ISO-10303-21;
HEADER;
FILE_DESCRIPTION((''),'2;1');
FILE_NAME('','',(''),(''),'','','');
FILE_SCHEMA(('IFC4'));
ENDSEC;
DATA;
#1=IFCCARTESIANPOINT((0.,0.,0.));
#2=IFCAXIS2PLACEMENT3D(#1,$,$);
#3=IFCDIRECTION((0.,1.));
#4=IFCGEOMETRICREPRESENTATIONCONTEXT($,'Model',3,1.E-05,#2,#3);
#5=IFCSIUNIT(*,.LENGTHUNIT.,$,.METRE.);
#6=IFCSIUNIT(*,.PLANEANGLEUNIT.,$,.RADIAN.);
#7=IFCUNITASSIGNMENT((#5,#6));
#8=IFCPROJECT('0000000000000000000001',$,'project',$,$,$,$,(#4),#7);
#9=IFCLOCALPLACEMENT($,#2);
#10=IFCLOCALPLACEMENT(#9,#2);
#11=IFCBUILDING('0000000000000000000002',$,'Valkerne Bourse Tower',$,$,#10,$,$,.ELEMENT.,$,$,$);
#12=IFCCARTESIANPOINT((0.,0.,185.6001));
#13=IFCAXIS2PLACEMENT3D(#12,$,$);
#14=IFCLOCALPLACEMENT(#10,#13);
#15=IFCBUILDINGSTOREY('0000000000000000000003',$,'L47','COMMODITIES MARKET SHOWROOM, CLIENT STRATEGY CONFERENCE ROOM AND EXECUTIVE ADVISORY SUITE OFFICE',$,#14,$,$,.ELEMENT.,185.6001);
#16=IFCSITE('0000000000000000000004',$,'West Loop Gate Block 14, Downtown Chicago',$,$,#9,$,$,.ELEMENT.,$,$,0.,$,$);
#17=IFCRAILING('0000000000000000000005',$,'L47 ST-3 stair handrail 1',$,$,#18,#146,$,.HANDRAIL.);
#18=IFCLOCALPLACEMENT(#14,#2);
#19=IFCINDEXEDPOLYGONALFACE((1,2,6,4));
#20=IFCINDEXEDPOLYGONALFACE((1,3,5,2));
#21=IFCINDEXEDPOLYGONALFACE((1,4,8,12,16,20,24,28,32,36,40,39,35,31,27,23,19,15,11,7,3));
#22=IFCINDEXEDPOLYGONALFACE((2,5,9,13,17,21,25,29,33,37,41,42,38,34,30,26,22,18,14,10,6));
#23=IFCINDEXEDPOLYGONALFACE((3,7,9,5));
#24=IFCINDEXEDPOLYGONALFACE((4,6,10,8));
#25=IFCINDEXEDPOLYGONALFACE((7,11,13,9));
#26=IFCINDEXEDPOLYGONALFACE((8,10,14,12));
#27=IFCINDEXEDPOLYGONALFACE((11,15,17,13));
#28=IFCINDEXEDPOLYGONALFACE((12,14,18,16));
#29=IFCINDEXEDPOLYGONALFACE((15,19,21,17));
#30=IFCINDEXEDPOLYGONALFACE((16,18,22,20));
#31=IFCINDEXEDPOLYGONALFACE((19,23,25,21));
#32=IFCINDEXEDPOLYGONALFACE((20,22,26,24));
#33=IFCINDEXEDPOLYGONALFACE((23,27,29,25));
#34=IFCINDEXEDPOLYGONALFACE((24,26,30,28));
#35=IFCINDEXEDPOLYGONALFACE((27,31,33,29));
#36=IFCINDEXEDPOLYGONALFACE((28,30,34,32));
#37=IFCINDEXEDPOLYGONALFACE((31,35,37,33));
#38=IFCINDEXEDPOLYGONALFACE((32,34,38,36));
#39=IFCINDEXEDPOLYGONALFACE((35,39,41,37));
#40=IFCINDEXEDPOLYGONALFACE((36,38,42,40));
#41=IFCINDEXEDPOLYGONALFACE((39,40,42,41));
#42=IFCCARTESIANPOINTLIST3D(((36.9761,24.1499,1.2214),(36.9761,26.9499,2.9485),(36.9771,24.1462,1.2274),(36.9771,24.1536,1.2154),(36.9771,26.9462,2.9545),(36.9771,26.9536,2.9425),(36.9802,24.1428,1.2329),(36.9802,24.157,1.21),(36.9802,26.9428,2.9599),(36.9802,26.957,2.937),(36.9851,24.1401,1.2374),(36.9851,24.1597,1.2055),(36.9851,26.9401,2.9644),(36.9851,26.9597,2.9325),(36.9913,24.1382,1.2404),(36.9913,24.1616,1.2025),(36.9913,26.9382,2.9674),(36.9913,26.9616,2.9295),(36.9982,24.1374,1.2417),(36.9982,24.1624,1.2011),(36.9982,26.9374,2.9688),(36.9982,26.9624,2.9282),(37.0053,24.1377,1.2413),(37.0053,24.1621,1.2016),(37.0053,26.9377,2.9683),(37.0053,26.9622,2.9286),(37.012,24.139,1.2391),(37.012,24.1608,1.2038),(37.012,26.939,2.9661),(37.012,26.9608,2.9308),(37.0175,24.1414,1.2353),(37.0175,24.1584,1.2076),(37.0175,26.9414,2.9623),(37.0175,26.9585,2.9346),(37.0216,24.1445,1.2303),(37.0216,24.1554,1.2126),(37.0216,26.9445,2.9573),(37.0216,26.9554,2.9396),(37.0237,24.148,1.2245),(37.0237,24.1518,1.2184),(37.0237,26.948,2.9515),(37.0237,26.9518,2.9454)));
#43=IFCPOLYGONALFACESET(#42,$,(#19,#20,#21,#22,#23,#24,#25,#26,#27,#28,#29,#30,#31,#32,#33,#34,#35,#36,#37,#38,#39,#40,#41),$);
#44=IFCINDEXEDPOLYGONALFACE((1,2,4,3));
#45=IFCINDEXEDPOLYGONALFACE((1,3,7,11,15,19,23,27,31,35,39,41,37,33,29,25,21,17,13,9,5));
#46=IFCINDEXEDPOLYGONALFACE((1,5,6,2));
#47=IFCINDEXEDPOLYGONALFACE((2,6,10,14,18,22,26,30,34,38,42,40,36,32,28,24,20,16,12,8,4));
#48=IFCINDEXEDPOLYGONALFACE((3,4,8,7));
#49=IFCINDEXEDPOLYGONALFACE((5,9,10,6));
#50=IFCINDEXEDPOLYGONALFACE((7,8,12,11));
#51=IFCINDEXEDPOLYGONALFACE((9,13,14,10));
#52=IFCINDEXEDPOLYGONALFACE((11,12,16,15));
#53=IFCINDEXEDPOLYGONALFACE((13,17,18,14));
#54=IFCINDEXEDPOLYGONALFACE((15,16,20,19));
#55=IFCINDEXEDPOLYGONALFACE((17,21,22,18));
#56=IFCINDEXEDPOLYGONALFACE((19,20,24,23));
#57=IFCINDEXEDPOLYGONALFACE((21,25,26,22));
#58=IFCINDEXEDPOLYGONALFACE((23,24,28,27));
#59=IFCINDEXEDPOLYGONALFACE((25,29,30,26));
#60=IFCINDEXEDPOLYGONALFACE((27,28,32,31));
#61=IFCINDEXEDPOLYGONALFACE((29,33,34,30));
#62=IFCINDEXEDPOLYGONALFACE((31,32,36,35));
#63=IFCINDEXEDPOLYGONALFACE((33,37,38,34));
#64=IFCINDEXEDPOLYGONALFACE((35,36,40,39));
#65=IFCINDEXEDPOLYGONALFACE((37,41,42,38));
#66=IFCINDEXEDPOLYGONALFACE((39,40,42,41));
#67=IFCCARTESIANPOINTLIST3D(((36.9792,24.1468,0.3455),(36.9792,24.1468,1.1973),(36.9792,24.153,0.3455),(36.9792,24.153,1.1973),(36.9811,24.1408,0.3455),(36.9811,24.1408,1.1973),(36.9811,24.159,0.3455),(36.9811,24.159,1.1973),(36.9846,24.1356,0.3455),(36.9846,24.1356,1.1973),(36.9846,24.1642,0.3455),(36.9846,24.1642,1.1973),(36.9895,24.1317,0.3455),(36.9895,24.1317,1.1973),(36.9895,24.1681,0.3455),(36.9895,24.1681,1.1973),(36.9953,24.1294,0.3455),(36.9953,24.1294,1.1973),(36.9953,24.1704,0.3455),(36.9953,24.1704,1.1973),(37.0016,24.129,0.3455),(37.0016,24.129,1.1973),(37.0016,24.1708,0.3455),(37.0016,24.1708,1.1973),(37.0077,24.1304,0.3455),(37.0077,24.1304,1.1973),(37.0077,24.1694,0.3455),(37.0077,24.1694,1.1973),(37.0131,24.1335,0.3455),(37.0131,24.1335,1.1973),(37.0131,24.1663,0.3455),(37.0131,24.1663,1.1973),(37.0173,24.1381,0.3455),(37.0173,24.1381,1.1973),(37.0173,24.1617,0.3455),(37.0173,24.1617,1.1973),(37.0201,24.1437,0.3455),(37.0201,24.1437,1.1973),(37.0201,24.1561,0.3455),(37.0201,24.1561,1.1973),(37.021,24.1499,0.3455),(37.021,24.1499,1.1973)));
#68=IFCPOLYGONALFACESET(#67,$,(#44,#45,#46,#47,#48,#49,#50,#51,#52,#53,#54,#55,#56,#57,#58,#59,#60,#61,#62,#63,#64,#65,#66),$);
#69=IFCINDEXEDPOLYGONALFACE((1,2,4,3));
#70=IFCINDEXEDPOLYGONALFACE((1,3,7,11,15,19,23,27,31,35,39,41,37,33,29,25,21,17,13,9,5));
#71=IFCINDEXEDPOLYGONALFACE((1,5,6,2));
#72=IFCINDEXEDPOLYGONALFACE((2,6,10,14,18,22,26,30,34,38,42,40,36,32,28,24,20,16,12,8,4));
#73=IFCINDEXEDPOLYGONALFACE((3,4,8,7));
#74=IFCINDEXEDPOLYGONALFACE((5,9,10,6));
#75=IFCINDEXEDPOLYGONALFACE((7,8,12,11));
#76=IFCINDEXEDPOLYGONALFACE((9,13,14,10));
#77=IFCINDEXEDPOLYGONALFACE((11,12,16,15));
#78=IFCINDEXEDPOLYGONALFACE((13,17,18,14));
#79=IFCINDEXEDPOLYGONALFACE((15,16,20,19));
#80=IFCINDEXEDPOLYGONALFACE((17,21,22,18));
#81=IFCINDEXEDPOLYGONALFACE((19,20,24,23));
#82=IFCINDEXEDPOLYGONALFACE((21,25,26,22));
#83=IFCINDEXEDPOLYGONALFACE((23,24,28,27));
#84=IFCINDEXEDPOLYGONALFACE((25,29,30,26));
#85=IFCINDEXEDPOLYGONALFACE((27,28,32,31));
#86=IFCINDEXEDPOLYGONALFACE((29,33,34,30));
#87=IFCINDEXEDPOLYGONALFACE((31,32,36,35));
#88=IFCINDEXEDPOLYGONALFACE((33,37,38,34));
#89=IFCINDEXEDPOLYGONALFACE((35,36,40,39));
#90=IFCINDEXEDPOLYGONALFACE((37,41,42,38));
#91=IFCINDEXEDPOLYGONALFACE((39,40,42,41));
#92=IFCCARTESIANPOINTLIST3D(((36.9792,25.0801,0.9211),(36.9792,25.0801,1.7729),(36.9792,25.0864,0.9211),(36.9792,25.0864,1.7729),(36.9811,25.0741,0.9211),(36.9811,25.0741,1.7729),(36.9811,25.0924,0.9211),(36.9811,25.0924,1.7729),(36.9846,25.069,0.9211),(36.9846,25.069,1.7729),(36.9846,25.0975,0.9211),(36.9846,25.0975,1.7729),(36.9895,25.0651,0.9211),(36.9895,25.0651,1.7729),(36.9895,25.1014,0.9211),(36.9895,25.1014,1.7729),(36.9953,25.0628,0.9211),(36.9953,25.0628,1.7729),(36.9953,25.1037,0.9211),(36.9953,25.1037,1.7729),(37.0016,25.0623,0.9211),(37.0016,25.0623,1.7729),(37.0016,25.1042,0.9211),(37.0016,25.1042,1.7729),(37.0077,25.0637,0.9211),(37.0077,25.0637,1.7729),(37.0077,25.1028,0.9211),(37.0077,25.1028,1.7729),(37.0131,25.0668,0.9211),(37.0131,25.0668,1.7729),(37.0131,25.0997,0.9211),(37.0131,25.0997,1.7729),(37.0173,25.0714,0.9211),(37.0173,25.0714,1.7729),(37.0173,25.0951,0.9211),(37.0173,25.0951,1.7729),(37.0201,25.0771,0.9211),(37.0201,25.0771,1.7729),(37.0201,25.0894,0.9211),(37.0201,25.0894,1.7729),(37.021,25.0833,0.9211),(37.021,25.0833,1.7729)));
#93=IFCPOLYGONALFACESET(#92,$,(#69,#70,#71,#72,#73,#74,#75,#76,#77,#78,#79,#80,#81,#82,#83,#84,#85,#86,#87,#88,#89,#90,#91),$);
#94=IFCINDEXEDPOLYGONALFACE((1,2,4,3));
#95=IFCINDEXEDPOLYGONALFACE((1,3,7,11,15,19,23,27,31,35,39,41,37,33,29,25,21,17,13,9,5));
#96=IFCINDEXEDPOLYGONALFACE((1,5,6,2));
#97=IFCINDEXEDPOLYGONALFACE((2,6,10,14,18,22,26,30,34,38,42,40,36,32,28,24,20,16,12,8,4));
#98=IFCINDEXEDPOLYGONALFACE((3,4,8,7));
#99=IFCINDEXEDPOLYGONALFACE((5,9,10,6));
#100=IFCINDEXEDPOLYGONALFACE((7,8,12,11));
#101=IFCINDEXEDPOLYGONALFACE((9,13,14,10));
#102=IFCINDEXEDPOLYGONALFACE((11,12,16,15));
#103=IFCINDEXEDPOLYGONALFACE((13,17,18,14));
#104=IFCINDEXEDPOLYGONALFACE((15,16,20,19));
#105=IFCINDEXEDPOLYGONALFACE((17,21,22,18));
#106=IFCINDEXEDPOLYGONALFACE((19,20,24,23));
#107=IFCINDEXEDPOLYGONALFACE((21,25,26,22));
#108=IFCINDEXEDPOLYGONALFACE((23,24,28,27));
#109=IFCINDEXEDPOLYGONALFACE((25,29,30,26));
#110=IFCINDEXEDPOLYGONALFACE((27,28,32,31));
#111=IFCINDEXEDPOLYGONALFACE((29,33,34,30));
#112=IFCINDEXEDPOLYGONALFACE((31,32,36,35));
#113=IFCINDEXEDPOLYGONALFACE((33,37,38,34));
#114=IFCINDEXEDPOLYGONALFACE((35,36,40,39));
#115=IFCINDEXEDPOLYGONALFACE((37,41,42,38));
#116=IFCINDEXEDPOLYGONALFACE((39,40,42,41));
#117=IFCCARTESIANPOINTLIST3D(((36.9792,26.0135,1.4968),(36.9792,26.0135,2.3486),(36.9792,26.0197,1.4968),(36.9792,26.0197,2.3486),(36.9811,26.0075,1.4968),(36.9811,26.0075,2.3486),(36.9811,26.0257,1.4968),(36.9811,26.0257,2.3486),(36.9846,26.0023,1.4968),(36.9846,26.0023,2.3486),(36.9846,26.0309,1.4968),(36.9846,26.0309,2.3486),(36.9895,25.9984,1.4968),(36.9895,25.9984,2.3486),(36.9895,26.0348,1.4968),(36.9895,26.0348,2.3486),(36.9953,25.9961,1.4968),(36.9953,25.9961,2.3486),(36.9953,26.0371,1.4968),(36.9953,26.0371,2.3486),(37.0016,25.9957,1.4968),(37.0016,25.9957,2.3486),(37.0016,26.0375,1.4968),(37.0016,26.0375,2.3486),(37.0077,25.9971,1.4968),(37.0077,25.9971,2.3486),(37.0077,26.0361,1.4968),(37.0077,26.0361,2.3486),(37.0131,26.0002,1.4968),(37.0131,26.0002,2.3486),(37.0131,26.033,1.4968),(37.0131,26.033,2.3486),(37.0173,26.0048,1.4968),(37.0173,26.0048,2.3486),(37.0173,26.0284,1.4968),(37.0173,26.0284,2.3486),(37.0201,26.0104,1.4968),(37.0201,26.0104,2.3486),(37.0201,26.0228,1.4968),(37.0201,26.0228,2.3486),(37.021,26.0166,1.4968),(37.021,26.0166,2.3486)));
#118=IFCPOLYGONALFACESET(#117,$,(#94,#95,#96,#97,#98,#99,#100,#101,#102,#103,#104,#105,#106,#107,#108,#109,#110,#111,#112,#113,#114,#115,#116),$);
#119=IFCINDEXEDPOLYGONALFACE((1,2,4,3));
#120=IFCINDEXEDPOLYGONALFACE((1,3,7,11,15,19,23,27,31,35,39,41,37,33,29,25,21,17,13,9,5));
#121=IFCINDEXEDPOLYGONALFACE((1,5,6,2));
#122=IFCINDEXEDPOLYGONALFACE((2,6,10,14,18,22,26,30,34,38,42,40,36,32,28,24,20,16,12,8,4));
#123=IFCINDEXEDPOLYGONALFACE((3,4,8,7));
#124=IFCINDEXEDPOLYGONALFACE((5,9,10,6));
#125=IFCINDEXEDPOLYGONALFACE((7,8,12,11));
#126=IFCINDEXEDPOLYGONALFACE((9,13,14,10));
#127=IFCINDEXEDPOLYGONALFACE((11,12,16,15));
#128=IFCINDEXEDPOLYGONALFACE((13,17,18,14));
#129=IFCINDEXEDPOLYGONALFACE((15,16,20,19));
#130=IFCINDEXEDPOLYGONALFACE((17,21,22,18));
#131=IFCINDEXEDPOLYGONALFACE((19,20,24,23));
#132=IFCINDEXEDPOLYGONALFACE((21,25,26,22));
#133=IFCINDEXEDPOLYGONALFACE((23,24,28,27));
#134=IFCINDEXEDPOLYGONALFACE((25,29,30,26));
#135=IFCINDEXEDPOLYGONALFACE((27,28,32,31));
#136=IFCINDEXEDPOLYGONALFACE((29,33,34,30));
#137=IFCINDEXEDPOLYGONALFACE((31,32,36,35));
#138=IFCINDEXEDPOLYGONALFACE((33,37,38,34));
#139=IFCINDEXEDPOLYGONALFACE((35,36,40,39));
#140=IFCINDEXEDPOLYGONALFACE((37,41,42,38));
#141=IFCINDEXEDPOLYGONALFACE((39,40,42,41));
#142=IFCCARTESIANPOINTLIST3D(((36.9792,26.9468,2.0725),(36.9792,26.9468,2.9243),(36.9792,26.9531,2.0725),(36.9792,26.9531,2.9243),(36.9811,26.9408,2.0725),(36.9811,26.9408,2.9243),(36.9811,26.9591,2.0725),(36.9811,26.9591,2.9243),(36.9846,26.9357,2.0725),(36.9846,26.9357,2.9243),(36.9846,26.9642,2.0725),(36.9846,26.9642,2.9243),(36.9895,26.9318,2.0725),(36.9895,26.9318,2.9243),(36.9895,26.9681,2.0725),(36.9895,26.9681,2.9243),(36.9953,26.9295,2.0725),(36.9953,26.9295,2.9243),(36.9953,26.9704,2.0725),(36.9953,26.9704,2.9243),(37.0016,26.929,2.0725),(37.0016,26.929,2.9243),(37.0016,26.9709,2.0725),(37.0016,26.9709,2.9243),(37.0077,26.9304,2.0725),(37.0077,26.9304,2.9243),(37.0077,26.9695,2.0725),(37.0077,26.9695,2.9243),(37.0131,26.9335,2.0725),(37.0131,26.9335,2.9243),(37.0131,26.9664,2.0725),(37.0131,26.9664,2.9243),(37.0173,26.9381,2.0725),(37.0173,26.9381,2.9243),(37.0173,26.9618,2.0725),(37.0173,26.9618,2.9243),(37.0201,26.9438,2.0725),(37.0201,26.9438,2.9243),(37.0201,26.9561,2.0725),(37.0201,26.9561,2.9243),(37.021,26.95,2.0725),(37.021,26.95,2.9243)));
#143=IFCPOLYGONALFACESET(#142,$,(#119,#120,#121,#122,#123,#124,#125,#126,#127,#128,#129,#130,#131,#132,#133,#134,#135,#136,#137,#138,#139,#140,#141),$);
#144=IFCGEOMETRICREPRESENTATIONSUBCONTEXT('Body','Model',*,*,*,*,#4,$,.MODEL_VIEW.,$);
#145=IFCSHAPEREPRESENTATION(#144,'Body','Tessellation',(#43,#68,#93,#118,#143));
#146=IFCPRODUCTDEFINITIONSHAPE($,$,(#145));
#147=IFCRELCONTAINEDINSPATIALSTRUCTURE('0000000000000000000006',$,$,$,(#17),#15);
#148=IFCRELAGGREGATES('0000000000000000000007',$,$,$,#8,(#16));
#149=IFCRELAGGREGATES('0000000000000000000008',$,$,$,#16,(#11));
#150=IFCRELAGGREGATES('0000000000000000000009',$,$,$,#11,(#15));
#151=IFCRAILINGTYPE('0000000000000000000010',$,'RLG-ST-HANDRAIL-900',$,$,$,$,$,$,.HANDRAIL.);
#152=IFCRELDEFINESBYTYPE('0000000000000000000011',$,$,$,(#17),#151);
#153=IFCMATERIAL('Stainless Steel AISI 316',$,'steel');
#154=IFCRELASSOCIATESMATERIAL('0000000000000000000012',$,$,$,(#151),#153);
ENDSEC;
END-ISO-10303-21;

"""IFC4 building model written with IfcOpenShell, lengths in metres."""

from ifc_helpers import new_model, si_unit, direction, frame, origin, origin_2d, place, context, subcontext, project, spatial, circle, extrude, material, type_object, element, save


model = new_model("IFC4")

# Units and contexts
model_context = context("Model", 3, precision=1e-05, world=origin(), true_north=direction((0.0, 1.0)))
body_context = subcontext(model_context, "Body", "Model", "MODEL_VIEW")
ifc_project = project(units=[si_unit("LENGTHUNIT", "METRE"), si_unit("PLANEANGLEUNIT", "RADIAN")], contexts=[model_context])

# Site, building, storey
site_placement = place(None, origin())
site = spatial("IfcSite", under=ifc_project, at=site_placement, Name="West Loop Gate Block 14, Downtown Chicago", CompositionType="ELEMENT", RefElevation=0.0)
building_placement = place(site_placement, origin())
building = spatial("IfcBuilding", under=site, at=building_placement, Name="Valkerne Bourse Tower", CompositionType="ELEMENT")
storey_placement = place(building_placement, frame((0.0, 0.0, 185.6001)))
storey = spatial("IfcBuildingStorey", under=building, at=storey_placement, Name="L47", Description="COMMODITIES MARKET SHOWROOM, CLIENT STRATEGY CONFERENCE ROOM AND EXECUTIVE ADVISORY SUITE OFFICE", CompositionType="ELEMENT", Elevation=185.6001)

# Railing
ifc_material_1 = material(Name="Stainless Steel AISI 316", Category="steel")
railing_type_1 = type_object("IfcRailingType", Name="RLG-ST-HANDRAIL-900", PredefinedType="HANDRAIL", material=ifc_material_1)
railing_1_placement = place(storey_placement, frame((37.0, 24.1499, 0.3455)))
element("IfcRailing", 1, at=railing_1_placement, inside=storey, type_object=railing_type_1, Name="L47 ST-3 stair handrail 1", PredefinedType="HANDRAIL", context=body_context, shape_type="SweptSolid", body=[
    extrude(circle(Radius=0.0239, at=origin_2d()), frame((0.0, 0.0, 0.876), z_axis=(0.0, 0.851123, 0.524967), x_axis=(-1.0, 0.0, 0.0)), (0.0, 0.0, 1.0), 3.2898),
    extrude(circle(Radius=0.021, at=origin_2d()), origin(), (0.0, 0.0, 1.0), 0.8518),
    extrude(circle(Radius=0.021, at=origin_2d()), frame((0.0, 0.9333, 0.5757)), (0.0, 0.0, 1.0), 0.8518),
    extrude(circle(Radius=0.021, at=origin_2d()), frame((0.0, 1.8667, 1.1514)), (0.0, 0.0, 1.0), 0.8518),
    extrude(circle(Radius=0.021, at=origin_2d()), frame((0.0, 2.8, 1.7271)), (0.0, 0.0, 1.0), 0.8518),
])

save(model, "model.ifc")
